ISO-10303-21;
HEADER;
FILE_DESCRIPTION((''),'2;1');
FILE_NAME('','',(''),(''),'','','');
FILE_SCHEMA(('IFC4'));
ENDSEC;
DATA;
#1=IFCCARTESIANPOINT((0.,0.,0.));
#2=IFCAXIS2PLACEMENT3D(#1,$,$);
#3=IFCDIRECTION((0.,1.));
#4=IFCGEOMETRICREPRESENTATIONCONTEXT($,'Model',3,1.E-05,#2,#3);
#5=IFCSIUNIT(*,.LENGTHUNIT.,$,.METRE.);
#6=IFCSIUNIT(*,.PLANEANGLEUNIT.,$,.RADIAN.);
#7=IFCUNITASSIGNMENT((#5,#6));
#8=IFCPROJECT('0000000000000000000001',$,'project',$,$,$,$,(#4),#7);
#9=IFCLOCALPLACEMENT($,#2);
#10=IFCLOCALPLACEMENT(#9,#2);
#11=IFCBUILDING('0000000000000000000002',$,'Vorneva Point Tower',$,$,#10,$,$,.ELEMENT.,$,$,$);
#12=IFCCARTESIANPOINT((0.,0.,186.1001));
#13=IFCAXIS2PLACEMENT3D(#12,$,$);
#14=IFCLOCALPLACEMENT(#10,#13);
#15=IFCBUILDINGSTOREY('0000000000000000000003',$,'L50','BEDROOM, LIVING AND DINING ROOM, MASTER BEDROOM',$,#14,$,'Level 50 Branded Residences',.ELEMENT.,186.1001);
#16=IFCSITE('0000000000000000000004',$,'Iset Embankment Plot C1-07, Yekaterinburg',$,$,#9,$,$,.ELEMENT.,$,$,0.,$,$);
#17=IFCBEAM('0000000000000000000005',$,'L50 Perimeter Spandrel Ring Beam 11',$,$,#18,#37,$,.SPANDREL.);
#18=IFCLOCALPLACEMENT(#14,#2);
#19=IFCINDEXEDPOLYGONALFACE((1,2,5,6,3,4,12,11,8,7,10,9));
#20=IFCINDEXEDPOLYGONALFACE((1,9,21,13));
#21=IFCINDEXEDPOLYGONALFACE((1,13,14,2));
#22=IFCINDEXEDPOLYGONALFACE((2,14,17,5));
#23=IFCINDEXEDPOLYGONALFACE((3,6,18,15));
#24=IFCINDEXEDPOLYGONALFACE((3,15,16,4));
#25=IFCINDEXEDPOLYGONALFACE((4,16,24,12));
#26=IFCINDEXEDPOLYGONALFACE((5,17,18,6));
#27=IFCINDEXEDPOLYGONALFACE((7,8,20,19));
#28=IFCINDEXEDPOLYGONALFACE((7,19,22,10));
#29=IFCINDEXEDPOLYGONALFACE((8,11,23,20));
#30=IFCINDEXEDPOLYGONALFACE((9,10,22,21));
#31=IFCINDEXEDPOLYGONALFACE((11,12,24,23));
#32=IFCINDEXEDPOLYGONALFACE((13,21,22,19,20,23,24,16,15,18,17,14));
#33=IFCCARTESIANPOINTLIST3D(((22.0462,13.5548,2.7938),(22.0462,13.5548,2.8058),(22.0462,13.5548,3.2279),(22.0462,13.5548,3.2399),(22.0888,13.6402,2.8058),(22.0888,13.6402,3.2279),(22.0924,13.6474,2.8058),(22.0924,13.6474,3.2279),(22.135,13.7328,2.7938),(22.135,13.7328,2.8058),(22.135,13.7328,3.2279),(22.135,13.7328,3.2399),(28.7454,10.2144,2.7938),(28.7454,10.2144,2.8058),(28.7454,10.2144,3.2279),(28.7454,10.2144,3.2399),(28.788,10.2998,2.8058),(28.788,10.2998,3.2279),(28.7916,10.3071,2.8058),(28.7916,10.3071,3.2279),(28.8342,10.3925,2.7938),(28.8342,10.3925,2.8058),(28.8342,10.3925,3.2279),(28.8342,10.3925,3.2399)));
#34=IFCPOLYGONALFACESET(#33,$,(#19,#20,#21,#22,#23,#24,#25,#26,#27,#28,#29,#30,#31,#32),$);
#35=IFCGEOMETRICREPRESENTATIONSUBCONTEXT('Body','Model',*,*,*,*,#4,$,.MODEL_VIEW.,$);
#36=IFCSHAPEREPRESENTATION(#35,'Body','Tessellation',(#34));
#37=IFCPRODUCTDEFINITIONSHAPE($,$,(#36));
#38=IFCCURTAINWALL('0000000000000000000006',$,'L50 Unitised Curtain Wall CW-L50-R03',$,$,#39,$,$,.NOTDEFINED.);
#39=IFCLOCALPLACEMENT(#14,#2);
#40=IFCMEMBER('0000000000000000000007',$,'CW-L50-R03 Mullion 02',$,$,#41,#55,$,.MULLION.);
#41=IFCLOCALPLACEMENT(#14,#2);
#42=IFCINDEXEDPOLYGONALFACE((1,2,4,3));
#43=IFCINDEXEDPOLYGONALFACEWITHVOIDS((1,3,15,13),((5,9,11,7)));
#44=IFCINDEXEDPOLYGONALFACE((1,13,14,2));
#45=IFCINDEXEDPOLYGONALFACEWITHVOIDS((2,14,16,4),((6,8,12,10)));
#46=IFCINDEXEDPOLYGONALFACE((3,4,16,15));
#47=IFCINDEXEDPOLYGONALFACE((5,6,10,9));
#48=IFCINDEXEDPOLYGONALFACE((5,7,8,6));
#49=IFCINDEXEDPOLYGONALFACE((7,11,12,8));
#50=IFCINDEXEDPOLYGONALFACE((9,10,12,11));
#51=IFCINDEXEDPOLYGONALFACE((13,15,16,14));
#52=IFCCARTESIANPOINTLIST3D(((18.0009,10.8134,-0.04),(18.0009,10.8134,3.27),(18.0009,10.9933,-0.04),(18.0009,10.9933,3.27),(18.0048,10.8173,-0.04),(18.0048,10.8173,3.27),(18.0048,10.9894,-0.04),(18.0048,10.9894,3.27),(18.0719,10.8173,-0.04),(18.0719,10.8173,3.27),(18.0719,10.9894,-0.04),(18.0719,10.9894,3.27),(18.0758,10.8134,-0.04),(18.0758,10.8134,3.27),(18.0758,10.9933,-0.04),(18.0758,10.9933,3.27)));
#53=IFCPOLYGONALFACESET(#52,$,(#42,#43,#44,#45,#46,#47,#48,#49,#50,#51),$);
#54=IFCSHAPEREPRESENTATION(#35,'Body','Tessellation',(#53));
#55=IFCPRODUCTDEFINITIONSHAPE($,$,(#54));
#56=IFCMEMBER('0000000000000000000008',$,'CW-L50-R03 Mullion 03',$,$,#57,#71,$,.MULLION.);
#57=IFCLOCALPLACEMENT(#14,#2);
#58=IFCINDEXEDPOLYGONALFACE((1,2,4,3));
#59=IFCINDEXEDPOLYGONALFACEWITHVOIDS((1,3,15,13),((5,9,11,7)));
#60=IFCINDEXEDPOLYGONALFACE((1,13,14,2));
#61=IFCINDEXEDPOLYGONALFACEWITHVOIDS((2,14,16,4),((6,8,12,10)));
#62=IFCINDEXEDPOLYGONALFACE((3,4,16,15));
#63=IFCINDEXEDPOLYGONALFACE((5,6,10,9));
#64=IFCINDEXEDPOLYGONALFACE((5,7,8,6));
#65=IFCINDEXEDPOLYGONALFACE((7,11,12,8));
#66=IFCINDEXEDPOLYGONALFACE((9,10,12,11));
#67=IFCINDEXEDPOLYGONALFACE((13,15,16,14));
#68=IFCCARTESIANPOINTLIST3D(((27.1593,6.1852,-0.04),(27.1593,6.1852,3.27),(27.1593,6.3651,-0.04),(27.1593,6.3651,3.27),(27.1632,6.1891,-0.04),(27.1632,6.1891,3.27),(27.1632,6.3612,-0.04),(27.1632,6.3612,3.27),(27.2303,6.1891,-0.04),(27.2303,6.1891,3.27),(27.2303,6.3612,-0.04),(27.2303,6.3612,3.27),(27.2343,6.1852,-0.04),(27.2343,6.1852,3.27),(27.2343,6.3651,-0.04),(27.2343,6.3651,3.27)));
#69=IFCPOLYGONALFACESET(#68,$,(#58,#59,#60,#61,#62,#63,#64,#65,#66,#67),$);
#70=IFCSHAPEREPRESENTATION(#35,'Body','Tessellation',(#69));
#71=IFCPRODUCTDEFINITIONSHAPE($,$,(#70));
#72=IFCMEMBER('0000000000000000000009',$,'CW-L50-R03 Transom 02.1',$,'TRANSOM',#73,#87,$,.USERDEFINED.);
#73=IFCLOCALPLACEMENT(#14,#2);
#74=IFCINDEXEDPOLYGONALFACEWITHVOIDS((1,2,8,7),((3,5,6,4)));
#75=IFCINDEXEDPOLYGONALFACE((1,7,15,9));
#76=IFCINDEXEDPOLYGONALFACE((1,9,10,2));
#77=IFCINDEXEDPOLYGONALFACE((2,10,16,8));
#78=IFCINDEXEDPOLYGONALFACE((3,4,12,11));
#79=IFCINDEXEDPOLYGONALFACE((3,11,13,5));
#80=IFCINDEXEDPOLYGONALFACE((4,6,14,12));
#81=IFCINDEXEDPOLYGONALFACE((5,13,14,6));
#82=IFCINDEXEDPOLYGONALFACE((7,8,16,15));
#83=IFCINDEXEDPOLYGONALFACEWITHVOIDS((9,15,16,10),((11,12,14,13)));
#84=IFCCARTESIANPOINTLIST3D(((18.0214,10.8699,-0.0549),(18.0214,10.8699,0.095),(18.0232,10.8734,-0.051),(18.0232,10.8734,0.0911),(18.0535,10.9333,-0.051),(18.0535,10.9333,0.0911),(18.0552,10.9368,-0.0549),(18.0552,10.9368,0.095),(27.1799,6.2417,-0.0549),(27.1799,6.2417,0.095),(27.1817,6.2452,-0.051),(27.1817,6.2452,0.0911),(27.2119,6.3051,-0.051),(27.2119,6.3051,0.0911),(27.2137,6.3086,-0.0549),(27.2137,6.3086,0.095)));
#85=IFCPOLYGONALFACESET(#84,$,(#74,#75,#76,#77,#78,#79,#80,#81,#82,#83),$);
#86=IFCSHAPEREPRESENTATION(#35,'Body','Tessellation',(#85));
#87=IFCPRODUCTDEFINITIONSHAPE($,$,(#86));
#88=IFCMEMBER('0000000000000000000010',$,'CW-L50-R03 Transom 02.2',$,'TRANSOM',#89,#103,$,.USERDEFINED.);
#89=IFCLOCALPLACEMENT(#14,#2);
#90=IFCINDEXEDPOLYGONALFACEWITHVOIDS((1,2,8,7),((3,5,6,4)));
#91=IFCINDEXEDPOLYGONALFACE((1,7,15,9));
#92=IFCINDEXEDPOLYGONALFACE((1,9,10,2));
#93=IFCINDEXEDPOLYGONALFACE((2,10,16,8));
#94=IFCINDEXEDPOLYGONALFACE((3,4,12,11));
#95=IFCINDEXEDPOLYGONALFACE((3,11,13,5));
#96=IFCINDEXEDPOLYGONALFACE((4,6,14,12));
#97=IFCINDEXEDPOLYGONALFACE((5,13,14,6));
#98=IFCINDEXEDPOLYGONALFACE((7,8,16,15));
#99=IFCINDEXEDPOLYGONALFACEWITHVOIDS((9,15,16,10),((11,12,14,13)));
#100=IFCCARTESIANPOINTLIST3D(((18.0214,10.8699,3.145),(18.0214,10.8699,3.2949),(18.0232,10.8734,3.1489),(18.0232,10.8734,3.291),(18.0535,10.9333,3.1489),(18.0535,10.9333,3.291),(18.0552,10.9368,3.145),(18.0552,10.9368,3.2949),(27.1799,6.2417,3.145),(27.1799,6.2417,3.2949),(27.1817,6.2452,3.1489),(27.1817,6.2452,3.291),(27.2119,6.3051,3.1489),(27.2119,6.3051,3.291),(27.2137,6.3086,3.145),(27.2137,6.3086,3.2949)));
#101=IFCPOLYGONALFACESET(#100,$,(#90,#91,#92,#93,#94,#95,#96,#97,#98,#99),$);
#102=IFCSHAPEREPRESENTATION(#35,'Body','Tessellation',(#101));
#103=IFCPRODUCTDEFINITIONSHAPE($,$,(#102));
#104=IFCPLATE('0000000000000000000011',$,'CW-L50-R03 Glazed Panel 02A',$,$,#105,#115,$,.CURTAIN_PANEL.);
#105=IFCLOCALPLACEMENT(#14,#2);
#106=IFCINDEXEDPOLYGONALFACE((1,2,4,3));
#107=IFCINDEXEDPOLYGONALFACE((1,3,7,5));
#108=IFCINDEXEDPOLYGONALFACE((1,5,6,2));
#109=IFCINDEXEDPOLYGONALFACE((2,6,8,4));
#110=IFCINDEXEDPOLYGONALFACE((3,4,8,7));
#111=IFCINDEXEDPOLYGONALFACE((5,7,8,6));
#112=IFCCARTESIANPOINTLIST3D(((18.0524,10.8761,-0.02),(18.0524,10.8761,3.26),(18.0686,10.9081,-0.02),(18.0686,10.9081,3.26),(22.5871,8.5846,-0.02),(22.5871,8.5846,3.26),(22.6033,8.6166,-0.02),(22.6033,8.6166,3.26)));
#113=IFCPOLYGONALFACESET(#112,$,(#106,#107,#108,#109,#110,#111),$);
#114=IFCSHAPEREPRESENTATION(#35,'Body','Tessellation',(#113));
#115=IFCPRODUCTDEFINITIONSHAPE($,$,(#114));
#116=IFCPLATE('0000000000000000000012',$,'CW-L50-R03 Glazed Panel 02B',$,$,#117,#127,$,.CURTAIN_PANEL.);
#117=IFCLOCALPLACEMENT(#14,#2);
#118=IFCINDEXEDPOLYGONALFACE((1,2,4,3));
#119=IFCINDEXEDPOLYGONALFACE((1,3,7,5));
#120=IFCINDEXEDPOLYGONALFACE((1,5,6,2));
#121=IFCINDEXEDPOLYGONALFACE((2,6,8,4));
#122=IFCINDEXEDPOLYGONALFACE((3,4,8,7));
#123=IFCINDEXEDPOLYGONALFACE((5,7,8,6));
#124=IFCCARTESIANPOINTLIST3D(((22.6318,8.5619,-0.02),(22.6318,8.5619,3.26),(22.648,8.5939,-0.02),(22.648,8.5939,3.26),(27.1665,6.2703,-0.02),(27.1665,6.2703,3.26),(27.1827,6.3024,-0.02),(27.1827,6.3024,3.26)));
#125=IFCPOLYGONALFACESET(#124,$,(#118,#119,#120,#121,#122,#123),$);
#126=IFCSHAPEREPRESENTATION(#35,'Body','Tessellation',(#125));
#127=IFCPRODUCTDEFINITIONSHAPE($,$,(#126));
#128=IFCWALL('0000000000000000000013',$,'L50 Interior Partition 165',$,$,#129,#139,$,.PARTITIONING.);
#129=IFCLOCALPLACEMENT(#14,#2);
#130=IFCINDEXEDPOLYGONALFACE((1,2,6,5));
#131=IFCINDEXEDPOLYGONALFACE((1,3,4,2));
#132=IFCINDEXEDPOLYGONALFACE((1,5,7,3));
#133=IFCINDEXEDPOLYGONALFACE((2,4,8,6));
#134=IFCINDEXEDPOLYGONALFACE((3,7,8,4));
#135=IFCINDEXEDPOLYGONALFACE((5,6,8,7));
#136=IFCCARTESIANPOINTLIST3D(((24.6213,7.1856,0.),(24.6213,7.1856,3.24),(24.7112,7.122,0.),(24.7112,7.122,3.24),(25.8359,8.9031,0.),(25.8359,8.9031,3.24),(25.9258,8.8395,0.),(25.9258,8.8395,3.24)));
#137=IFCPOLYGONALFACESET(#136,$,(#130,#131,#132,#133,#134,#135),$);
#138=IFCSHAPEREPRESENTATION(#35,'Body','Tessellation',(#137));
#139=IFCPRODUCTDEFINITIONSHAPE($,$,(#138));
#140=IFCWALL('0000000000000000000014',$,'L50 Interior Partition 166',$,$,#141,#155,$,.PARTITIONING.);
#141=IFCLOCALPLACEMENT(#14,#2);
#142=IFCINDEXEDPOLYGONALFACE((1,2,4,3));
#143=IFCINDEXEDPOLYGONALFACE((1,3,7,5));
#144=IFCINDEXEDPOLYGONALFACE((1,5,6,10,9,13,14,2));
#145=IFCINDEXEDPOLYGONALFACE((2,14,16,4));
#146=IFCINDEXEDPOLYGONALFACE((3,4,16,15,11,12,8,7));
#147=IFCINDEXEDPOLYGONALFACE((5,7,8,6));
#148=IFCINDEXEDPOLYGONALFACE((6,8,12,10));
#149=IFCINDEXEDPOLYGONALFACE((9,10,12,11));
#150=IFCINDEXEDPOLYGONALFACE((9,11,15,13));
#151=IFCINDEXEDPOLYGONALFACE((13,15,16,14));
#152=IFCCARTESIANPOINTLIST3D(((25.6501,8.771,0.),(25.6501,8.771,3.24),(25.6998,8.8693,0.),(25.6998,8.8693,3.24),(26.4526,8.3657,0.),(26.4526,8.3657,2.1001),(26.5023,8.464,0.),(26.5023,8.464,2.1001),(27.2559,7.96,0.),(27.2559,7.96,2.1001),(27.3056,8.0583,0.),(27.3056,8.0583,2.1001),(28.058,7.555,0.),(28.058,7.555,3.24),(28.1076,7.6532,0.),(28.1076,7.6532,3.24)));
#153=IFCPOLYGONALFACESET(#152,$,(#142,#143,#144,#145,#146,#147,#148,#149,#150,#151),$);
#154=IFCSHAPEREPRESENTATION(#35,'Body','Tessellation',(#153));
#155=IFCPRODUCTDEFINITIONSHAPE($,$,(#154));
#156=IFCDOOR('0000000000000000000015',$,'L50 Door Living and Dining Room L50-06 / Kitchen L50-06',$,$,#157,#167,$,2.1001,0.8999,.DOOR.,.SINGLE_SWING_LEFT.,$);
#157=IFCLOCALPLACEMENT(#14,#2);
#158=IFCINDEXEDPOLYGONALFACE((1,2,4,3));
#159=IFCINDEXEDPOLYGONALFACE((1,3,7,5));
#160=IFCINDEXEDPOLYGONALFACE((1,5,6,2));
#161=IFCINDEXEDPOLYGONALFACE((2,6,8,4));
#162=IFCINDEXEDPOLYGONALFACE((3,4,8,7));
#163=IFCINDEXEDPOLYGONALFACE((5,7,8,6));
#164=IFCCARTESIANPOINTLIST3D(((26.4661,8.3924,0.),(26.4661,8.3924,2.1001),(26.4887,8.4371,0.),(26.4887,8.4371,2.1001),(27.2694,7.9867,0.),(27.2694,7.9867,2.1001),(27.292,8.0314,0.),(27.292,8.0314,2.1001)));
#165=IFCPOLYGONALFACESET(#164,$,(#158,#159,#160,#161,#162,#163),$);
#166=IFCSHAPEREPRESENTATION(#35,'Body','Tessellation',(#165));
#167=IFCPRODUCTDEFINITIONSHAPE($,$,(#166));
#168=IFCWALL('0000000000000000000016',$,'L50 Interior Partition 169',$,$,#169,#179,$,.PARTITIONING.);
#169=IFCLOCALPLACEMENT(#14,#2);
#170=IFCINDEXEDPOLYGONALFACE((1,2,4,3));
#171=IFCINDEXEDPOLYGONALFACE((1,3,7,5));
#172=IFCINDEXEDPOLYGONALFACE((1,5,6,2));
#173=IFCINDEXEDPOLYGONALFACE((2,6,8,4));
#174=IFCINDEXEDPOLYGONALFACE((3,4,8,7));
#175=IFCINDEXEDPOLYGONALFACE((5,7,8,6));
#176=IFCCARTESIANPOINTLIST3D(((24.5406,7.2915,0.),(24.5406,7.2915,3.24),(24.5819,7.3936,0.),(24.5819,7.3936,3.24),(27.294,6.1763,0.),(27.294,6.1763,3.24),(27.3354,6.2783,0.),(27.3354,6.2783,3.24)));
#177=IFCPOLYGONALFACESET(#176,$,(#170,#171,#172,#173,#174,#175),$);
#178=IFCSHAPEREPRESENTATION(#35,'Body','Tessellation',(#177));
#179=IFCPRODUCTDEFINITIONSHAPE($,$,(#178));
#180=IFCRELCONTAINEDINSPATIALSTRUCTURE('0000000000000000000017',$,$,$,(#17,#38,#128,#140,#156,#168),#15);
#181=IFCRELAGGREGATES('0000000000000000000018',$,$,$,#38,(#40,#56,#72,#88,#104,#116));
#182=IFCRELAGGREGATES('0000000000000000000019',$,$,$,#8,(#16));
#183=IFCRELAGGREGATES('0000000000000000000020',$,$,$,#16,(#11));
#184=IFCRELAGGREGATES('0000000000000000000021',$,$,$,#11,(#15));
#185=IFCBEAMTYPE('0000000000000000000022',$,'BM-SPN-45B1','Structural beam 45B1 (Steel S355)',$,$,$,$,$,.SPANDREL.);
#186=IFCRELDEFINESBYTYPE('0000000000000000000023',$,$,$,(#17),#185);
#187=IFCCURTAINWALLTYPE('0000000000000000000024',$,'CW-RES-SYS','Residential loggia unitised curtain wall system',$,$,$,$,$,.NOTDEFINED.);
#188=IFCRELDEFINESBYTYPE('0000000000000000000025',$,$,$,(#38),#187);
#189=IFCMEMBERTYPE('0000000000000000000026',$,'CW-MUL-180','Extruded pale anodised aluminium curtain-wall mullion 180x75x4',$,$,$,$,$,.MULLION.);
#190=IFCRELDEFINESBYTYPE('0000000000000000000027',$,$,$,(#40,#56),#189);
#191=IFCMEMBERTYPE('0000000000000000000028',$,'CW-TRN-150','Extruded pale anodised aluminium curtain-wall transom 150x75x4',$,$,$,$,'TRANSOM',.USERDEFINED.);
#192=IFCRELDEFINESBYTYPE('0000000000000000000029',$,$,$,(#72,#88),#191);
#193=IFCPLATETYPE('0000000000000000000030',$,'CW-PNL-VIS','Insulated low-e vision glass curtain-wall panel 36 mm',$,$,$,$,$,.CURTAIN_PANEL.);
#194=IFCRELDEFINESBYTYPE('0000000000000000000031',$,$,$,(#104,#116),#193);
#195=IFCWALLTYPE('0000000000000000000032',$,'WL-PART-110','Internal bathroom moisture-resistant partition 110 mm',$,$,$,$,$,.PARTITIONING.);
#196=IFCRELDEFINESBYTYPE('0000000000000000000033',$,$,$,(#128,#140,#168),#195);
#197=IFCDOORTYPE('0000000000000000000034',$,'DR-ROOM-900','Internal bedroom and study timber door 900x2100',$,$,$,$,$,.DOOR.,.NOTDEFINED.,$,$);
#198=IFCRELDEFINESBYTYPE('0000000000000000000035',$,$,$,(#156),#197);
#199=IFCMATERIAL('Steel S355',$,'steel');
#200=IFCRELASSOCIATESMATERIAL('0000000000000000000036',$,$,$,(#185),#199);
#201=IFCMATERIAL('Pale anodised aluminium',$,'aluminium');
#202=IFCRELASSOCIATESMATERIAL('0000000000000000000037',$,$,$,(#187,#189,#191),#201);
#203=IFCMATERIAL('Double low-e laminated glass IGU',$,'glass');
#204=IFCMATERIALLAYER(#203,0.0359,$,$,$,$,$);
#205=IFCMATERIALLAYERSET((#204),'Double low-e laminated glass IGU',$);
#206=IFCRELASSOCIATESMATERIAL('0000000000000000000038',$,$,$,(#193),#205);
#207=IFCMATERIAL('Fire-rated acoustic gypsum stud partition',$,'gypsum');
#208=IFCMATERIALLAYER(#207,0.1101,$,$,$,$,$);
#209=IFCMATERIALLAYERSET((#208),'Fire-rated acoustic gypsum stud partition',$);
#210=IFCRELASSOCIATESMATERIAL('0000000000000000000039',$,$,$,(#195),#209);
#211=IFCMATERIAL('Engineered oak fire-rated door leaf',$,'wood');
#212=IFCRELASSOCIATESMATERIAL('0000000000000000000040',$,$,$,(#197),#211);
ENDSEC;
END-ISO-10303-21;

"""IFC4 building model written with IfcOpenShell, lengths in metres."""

from ifc_helpers import new_model, si_unit, direction, frame, frame_2d, origin, origin_2d, place, context, subcontext, project, spatial, rectangle, hollow_rectangle, i_section, extrude, material, layer, layer_set, material_profile, profile_set, type_object, element, fill, aggregate, save


model = new_model("IFC4")

# Units and contexts
model_context = context("Model", 3, precision=1e-05, world=origin(), true_north=direction((0.0, 1.0)))
body_context = subcontext(model_context, "Body", "Model", "MODEL_VIEW")
ifc_project = project(units=[si_unit("LENGTHUNIT", "METRE"), si_unit("PLANEANGLEUNIT", "RADIAN")], contexts=[model_context])

# Site, building, storey
site_placement = place(None, origin())
site = spatial("IfcSite", under=ifc_project, at=site_placement, Name="Iset Embankment Plot C1-07, Yekaterinburg", CompositionType="ELEMENT", RefElevation=0.0)
building_placement = place(site_placement, origin())
building = spatial("IfcBuilding", under=site, at=building_placement, Name="Vorneva Point Tower", CompositionType="ELEMENT")
storey_placement = place(building_placement, frame((0.0, 0.0, 186.1001)))
storey = spatial("IfcBuildingStorey", under=building, at=storey_placement, Name="L50", Description="BEDROOM, LIVING AND DINING ROOM, MASTER BEDROOM", LongName="Level 50 Branded Residences", CompositionType="ELEMENT", Elevation=186.1001)

# Beam
ifc_material_1 = material(Name="Steel S355", Category="steel")
ifc_material_profile_1 = material_profile(ifc_material_1, i_section(OverallWidth=0.199, OverallDepth=0.446, WebThickness=0.0081, FlangeThickness=0.012, at=origin_2d()), Name="45B1")
ifc_profile_set_1 = profile_set([ifc_material_profile_1], Name="Steel S355")
beam_type = type_object("IfcBeamType", Name="BM-SPN-45B1", Description="Structural beam 45B1 (Steel S355)", PredefinedType="SPANDREL", material=ifc_profile_set_1)
beam_placement = place(storey_placement, frame((22.0906, 13.6438, 3.0168), z_axis=(0.894922, -0.446222, 0.0), x_axis=(0.446222, 0.894922, 0.0)))
element("IfcBeam", 1, at=beam_placement, inside=storey, type_object=beam_type, Name="L50 Perimeter Spandrel Ring Beam 11", PredefinedType="SPANDREL", context=body_context, shape_type="SweptSolid", body=[
    extrude(i_section(OverallWidth=0.199, OverallDepth=0.446, WebThickness=0.0081, FlangeThickness=0.012, at=origin_2d()), origin(), (0.0, 0.0, 1.0), 7.4858),
])

# Curtain wall, members, plates
ifc_material_2 = material(Name="Pale anodised aluminium", Category="aluminium")
curtain_wall_type = type_object("IfcCurtainWallType", Name="CW-RES-SYS", Description="Residential loggia unitised curtain wall system", PredefinedType="NOTDEFINED", material=ifc_material_2)
curtain_wall_placement = place(storey_placement, origin())
curtain_wall = element("IfcCurtainWall", 2, at=curtain_wall_placement, inside=storey, type_object=curtain_wall_type, Name="L50 Unitised Curtain Wall CW-L50-R03", PredefinedType="NOTDEFINED")
ifc_material_profile_2 = material_profile(ifc_material_2, hollow_rectangle(XDim=0.075, YDim=0.1799, WallThickness=0.0039, at=origin_2d()), Name="AL-MUL 180x75x4")
ifc_profile_set_2 = profile_set([ifc_material_profile_2], Name="Pale anodised aluminium")
member_type_1 = type_object("IfcMemberType", Name="CW-MUL-180", Description="Extruded pale anodised aluminium curtain-wall mullion 180x75x4", PredefinedType="MULLION", material=ifc_profile_set_2)
member_1_placement = place(storey_placement, frame((18.0383, 10.9033, -0.04), z_axis=(0.0, 0.0, 1.0), x_axis=(1.0, 0.0, 0.0)))
member_1 = element("IfcMember", 3, at=member_1_placement, type_object=member_type_1, Name="CW-L50-R03 Mullion 02", PredefinedType="MULLION", context=body_context, shape_type="SweptSolid", body=[
    extrude(hollow_rectangle(XDim=0.075, YDim=0.1799, WallThickness=0.0039, at=origin_2d()), origin(), (0.0, 0.0, 1.0), 3.3101),
])
member_2_placement = place(storey_placement, frame((27.1968, 6.2751, -0.04), z_axis=(0.0, 0.0, 1.0), x_axis=(1.0, 0.0, 0.0)))
member_2 = element("IfcMember", 4, at=member_2_placement, type_object=member_type_1, Name="CW-L50-R03 Mullion 03", PredefinedType="MULLION", context=body_context, shape_type="SweptSolid", body=[
    extrude(hollow_rectangle(XDim=0.075, YDim=0.1799, WallThickness=0.0039, at=origin_2d()), origin(), (0.0, 0.0, 1.0), 3.3101),
])
ifc_material_profile_3 = material_profile(ifc_material_2, hollow_rectangle(XDim=0.075, YDim=0.1499, WallThickness=0.0039, at=origin_2d()), Name="AL-TRN 150x75x4")
ifc_profile_set_3 = profile_set([ifc_material_profile_3], Name="Pale anodised aluminium")
member_type_2 = type_object("IfcMemberType", Name="CW-TRN-150", Description="Extruded pale anodised aluminium curtain-wall transom 150x75x4", ElementType="TRANSOM", PredefinedType="USERDEFINED", material=ifc_profile_set_3)
member_3_placement = place(storey_placement, frame((18.0383, 10.9033, 0.02), z_axis=(0.892511, -0.451026, 0.0), x_axis=(0.451026, 0.892511, 0.0)))
member_3 = element("IfcMember", 5, at=member_3_placement, type_object=member_type_2, Name="CW-L50-R03 Transom 02.1", ObjectType="TRANSOM", PredefinedType="USERDEFINED", context=body_context, shape_type="SweptSolid", body=[
    extrude(hollow_rectangle(XDim=0.075, YDim=0.1499, WallThickness=0.0039, at=origin_2d()), origin(), (0.0, 0.0, 1.0), 10.2615),
])
member_4_placement = place(storey_placement, frame((18.0383, 10.9033, 3.22), z_axis=(0.892511, -0.451026, 0.0), x_axis=(0.451026, 0.892511, 0.0)))
member_4 = element("IfcMember", 6, at=member_4_placement, type_object=member_type_2, Name="CW-L50-R03 Transom 02.2", ObjectType="TRANSOM", PredefinedType="USERDEFINED", context=body_context, shape_type="SweptSolid", body=[
    extrude(hollow_rectangle(XDim=0.075, YDim=0.1499, WallThickness=0.0039, at=origin_2d()), origin(), (0.0, 0.0, 1.0), 10.2615),
])
ifc_material_3 = material(Name="Double low-e laminated glass IGU", Category="glass")
ifc_layer_1 = layer(ifc_material_3, 0.0359)
ifc_layer_set_1 = layer_set([ifc_layer_1], Name="Double low-e laminated glass IGU")
plate_type = type_object("IfcPlateType", Name="CW-PNL-VIS", Description="Insulated low-e vision glass curtain-wall panel 36 mm", PredefinedType="CURTAIN_PANEL", material=ifc_layer_set_1)
plate_1_placement = place(storey_placement, frame((20.3279, 9.7463, -0.02), z_axis=(0.0, 0.0, 1.0), x_axis=(0.892515, -0.451018, 0.0)))
plate_1 = element("IfcPlate", 7, at=plate_1_placement, type_object=plate_type, Name="CW-L50-R03 Glazed Panel 02A", PredefinedType="CURTAIN_PANEL", context=body_context, shape_type="SweptSolid", body=[
    extrude(rectangle(XDim=5.0808, YDim=0.0359, at=origin_2d()), origin(), (0.0, 0.0, 1.0), 3.28),
])
plate_2_placement = place(storey_placement, frame((24.9072, 7.4321, -0.02), z_axis=(0.0, 0.0, 1.0), x_axis=(0.892515, -0.451018, 0.0)))
plate_2 = element("IfcPlate", 8, at=plate_2_placement, type_object=plate_type, Name="CW-L50-R03 Glazed Panel 02B", PredefinedType="CURTAIN_PANEL", context=body_context, shape_type="SweptSolid", body=[
    extrude(rectangle(XDim=5.0808, YDim=0.0359, at=origin_2d()), origin(), (0.0, 0.0, 1.0), 3.28),
])
aggregate(curtain_wall, [member_1, member_2, member_3, member_4, plate_1, plate_2])

# Wall
ifc_material_4 = material(Name="Fire-rated acoustic gypsum stud partition", Category="gypsum")
ifc_layer_2 = layer(ifc_material_4, 0.1101)
ifc_layer_set_2 = layer_set([ifc_layer_2], Name="Fire-rated acoustic gypsum stud partition")
wall_type_1 = type_object("IfcWallType", Name="WL-PART-110", Description="Internal bathroom moisture-resistant partition 110 mm", PredefinedType="PARTITIONING", material=ifc_layer_set_2)
wall_1_placement = place(storey_placement, frame((24.6663, 7.1538, 0.0), z_axis=(0.0, 0.0, 1.0), x_axis=(0.577389, 0.816469, 0.0)))
element("IfcWall", 9, at=wall_1_placement, inside=storey, type_object=wall_type_1, Name="L50 Interior Partition 165", PredefinedType="PARTITIONING", context=body_context, shape_type="SweptSolid", body=[
    extrude(rectangle(XDim=2.1035, YDim=0.1101, at=frame_2d((1.0518, 0.0))), origin(), (0.0, 0.0, 1.0), 3.24),
])

# Wall, opening, door
wall_2_placement = place(storey_placement, frame((25.675, 8.8201, 0.0), z_axis=(0.0, 0.0, 1.0), x_axis=(0.892628, -0.450794, 0.0)))
wall_2 = element("IfcWall", 10, at=wall_2_placement, inside=storey, type_object=wall_type_1, Name="L50 Interior Partition 166", PredefinedType="PARTITIONING", context=body_context, shape_type="SweptSolid", body=[
    extrude(rectangle(XDim=2.6975, YDim=0.1101, at=frame_2d((1.3486, 0.0))), origin(), (0.0, 0.0, 1.0), 3.24),
])
opening_1_placement = place(wall_2_placement, frame((0.8989, 0.0, 0.0)))
opening_1 = element("IfcOpeningElement", 11, at=opening_1_placement, cuts=wall_2, PredefinedType="OPENING", context=body_context, shape_type="SweptSolid", body=[
    extrude(rectangle(XDim=0.8999, YDim=2.1001, at=frame_2d((0.45, 1.05))), frame((0.0, 0.0698, 0.0), z_axis=(0.0, -1.0, 0.0), x_axis=(1.0, 0.0, 0.0)), (0.0, 0.0, 1.0), 0.1399),
])
ifc_material_5 = material(Name="Engineered oak fire-rated door leaf", Category="wood")
door_type_1 = type_object("IfcDoorType", Name="DR-ROOM-900", Description="Internal bedroom and study timber door 900x2100", OperationType="NOTDEFINED", PredefinedType="DOOR", material=ifc_material_5)
door_1_placement = place(opening_1_placement, origin())
door_1 = element("IfcDoor", 12, at=door_1_placement, inside=storey, type_object=door_type_1, Name="L50 Door Living and Dining Room L50-06 / Kitchen L50-06", OperationType="SINGLE_SWING_LEFT", OverallHeight=2.1001, OverallWidth=0.8999, PredefinedType="DOOR", context=body_context, shape_type="SweptSolid", body=[
    extrude(rectangle(XDim=0.8999, YDim=2.1001, at=frame_2d((0.45, 1.05))), frame((0.0, 0.0249, 0.0), z_axis=(0.0, -1.0, 0.0), x_axis=(1.0, 0.0, 0.0)), (0.0, 0.0, 1.0), 0.05),
])
fill(opening_1, door_1)

# Wall
wall_3_placement = place(storey_placement, frame((24.5613, 7.3425, 0.0), z_axis=(0.0, 0.0, 1.0), x_axis=(0.926858, -0.375411, 0.0)))
element("IfcWall", 13, at=wall_3_placement, inside=storey, type_object=wall_type_1, Name="L50 Interior Partition 169", PredefinedType="PARTITIONING", context=body_context, shape_type="SweptSolid", body=[
    extrude(rectangle(XDim=2.9707, YDim=0.1101, at=frame_2d((1.4854, 0.0))), origin(), (0.0, 0.0, 1.0), 3.24),
])

save(model, "model.ifc")
